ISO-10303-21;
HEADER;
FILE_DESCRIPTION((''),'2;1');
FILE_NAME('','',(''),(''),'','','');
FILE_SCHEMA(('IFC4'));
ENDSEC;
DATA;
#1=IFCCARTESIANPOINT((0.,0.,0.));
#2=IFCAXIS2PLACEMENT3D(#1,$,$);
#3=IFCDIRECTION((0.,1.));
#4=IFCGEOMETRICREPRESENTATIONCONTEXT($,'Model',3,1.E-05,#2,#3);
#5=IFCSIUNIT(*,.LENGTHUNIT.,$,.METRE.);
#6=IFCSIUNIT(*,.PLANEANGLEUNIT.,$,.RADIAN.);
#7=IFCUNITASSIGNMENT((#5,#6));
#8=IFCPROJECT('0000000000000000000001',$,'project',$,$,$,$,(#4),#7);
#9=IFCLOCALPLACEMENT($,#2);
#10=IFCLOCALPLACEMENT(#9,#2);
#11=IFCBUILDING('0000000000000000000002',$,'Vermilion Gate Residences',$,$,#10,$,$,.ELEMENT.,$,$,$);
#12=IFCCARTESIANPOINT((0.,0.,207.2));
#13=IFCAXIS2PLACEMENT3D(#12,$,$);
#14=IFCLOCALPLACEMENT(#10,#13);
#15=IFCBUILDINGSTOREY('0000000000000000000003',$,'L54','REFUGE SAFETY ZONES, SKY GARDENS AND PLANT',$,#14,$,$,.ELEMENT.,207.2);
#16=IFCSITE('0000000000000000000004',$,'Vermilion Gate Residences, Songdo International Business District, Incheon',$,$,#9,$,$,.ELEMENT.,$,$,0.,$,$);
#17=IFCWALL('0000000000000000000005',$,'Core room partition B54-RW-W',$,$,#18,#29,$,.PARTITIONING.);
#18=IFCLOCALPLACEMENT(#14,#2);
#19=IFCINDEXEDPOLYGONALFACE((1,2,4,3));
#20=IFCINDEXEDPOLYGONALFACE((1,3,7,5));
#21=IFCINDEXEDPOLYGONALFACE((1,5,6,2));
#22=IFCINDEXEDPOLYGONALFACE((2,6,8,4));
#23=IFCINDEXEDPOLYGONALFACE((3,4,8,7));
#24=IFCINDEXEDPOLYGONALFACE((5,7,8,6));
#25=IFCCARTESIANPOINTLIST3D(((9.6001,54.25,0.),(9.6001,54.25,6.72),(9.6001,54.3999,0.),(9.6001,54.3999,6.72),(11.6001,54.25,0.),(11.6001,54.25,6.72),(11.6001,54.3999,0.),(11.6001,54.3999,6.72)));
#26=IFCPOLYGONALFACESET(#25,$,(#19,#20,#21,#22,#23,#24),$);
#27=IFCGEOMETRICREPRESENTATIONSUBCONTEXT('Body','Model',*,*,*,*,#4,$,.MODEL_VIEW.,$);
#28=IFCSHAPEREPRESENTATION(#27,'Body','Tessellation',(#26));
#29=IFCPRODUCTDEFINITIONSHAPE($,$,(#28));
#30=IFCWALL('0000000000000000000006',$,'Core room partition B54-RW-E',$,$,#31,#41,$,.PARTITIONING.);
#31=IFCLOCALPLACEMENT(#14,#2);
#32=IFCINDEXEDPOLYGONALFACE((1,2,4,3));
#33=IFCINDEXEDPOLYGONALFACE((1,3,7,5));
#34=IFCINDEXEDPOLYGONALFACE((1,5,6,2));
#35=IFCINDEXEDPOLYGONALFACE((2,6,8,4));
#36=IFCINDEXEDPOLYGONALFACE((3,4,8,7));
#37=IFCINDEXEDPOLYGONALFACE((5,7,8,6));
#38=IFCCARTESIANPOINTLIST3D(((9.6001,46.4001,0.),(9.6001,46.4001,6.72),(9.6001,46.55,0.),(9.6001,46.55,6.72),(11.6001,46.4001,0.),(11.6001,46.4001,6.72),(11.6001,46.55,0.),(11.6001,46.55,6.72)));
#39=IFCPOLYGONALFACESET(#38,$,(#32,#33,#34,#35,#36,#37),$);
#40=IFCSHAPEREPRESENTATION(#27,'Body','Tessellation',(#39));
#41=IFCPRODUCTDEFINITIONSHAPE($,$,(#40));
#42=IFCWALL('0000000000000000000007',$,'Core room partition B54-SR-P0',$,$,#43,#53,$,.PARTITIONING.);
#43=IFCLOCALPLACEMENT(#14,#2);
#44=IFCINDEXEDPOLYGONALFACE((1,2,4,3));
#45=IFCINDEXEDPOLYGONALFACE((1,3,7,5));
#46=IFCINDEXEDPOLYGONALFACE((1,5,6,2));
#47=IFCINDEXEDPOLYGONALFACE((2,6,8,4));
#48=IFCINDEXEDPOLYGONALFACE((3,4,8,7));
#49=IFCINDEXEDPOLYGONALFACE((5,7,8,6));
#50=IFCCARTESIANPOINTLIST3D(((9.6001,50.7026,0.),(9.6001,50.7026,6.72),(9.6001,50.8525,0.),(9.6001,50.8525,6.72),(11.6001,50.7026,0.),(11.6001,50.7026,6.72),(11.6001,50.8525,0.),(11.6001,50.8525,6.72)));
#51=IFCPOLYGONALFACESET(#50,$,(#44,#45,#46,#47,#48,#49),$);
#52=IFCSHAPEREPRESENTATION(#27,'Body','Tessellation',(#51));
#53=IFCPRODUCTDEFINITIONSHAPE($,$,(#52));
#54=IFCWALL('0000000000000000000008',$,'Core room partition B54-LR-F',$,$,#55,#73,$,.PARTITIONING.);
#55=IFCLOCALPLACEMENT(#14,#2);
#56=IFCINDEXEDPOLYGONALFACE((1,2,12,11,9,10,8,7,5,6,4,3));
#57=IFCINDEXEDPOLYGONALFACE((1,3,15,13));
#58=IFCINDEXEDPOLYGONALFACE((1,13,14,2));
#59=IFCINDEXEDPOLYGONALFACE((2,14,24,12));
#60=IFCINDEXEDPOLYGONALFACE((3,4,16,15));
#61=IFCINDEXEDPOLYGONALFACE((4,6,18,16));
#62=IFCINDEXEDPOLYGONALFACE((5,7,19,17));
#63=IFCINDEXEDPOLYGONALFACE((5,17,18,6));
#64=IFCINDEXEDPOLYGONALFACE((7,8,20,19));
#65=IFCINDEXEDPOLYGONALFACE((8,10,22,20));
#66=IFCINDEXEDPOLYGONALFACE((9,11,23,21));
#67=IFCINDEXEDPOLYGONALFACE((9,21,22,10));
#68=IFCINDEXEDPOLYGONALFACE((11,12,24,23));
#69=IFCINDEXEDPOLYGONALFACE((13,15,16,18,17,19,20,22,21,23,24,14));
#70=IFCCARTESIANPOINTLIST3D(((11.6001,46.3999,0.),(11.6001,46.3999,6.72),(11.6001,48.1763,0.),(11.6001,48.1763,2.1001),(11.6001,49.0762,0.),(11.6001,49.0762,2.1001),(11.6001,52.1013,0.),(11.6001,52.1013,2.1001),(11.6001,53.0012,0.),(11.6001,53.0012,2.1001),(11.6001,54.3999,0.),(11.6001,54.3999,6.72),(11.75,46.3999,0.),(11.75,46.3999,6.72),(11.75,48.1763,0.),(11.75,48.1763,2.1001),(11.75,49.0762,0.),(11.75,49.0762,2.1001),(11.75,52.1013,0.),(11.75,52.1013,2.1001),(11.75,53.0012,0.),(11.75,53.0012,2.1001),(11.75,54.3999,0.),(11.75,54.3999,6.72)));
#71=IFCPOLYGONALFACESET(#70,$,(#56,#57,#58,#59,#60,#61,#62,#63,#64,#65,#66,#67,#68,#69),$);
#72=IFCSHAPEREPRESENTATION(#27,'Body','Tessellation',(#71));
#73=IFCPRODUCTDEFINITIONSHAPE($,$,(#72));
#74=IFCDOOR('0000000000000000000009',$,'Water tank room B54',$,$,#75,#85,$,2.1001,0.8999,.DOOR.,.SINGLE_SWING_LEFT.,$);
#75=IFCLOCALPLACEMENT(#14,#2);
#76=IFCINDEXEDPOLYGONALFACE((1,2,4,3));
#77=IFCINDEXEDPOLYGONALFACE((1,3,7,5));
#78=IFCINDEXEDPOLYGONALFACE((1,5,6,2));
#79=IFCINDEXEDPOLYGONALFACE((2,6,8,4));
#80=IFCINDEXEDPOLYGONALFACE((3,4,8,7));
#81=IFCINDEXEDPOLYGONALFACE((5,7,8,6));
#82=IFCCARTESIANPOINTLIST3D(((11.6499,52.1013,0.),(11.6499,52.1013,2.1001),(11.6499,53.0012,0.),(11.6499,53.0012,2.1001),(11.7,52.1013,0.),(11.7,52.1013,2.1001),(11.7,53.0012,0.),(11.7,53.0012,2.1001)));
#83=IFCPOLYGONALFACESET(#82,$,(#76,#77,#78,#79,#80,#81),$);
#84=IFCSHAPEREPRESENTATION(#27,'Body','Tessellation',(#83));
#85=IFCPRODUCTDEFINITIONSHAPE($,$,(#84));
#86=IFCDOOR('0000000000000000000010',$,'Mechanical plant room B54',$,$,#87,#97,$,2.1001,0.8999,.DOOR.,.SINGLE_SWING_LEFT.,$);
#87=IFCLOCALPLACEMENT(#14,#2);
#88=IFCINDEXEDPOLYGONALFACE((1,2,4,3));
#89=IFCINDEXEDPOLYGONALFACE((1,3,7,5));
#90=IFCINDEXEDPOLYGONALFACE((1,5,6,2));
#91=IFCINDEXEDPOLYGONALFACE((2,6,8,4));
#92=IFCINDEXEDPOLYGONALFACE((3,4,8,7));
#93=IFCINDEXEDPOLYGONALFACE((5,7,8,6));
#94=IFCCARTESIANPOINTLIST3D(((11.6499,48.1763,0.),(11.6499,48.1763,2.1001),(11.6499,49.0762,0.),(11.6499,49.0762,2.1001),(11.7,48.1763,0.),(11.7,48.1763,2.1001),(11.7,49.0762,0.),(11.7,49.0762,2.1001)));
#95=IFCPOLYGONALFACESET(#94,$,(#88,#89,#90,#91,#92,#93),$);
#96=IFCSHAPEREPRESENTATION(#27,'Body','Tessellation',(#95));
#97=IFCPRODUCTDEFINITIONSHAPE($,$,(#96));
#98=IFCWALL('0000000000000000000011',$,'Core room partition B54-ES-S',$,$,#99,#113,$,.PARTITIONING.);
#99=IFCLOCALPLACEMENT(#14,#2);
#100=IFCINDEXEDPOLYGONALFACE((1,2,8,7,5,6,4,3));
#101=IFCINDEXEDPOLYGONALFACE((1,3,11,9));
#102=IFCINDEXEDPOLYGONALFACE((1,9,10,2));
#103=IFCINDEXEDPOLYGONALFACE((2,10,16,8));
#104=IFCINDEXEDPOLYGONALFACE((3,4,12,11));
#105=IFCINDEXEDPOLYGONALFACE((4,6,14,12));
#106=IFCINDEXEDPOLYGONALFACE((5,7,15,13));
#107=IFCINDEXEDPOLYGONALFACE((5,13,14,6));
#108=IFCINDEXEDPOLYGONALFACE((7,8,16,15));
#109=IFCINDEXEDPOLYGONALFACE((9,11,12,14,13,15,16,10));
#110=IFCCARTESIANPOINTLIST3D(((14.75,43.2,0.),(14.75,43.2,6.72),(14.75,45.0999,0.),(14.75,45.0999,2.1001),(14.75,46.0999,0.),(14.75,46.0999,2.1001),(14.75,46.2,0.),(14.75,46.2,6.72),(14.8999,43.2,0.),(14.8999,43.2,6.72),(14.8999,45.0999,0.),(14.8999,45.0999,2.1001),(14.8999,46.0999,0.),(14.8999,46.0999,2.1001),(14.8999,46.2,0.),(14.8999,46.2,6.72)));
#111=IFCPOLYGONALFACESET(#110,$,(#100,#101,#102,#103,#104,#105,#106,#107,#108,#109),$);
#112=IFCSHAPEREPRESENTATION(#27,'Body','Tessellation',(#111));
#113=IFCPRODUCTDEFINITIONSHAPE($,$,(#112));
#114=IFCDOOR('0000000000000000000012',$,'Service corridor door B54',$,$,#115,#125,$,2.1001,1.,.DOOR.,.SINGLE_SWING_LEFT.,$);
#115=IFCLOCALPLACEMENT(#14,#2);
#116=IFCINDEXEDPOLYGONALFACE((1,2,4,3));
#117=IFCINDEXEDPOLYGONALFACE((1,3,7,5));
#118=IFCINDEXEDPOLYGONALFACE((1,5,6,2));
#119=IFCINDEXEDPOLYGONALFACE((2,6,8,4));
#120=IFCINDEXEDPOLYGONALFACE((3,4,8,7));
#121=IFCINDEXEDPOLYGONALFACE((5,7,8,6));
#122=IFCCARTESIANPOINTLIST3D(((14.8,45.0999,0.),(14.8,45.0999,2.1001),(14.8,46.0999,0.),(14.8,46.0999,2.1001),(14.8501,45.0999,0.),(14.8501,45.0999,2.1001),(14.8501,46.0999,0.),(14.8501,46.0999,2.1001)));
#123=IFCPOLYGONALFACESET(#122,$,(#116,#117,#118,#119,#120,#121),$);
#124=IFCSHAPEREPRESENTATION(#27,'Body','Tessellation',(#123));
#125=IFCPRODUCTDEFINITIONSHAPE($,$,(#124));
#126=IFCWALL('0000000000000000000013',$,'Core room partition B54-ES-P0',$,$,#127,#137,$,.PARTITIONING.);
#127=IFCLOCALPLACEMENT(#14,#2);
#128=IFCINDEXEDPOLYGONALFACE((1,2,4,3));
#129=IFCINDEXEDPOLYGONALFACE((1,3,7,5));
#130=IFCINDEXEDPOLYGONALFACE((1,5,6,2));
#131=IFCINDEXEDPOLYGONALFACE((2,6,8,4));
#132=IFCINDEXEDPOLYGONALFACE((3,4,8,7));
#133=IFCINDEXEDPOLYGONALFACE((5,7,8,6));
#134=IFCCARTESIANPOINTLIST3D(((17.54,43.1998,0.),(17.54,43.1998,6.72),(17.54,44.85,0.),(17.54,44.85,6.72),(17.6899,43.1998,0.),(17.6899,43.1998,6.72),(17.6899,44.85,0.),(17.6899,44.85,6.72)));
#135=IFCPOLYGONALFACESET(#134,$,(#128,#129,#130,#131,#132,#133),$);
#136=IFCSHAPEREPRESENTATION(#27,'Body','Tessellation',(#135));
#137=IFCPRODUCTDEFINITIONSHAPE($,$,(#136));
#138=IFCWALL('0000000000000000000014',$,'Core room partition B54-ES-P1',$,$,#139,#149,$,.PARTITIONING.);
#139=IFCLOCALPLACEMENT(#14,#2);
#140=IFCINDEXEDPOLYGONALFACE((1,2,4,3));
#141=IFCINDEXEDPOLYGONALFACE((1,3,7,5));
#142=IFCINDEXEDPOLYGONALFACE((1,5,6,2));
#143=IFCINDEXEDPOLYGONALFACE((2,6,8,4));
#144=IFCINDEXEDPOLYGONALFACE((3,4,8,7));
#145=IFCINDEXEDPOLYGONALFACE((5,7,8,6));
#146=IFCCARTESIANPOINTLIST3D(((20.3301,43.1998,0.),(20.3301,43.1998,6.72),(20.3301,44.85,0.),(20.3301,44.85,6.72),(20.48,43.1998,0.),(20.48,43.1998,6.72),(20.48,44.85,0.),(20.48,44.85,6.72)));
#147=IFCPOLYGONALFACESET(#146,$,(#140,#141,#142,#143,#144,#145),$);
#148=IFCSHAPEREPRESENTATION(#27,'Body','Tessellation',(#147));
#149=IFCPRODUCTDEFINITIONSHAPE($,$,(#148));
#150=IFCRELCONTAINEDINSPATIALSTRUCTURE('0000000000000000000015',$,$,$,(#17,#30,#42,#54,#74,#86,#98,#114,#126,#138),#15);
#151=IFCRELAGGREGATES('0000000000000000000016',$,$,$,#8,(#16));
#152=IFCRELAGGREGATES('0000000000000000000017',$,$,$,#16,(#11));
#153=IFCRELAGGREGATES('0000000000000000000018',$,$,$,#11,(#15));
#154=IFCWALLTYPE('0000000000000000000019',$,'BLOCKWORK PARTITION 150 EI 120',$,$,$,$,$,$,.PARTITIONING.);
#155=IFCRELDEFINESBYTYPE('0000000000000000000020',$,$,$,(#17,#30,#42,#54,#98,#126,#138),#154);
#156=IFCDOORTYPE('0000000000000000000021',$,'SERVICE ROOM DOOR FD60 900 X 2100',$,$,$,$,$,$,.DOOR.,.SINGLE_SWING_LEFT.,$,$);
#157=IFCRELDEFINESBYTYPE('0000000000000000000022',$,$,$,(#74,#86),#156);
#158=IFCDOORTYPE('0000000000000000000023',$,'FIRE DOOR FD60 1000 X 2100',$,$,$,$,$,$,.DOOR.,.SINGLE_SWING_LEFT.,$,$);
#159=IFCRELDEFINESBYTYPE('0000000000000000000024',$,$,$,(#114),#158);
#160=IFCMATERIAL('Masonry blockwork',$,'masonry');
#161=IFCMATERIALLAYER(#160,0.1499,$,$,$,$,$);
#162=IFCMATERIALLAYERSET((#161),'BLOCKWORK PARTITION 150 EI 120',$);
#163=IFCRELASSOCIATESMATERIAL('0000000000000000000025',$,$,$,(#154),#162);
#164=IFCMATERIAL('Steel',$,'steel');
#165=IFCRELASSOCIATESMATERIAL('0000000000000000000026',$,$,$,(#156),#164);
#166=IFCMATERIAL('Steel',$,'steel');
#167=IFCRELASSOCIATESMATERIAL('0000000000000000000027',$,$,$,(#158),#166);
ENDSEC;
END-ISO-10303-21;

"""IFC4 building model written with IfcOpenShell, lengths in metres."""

from ifc_helpers import new_model, si_unit, direction, frame, frame_2d, origin, place, context, subcontext, project, spatial, rectangle, extrude, material, layer, layer_set, type_object, element, fill, save


model = new_model("IFC4")

# Units and contexts
model_context = context("Model", 3, precision=1e-05, world=origin(), true_north=direction((0.0, 1.0)))
body_context = subcontext(model_context, "Body", "Model", "MODEL_VIEW")
ifc_project = project(units=[si_unit("LENGTHUNIT", "METRE"), si_unit("PLANEANGLEUNIT", "RADIAN")], contexts=[model_context])

# Site, building, storey
site_placement = place(None, origin())
site = spatial("IfcSite", under=ifc_project, at=site_placement, Name="Vermilion Gate Residences, Songdo International Business District, Incheon", CompositionType="ELEMENT", RefElevation=0.0)
building_placement = place(site_placement, origin())
building = spatial("IfcBuilding", under=site, at=building_placement, Name="Vermilion Gate Residences", CompositionType="ELEMENT")
storey_placement = place(building_placement, frame((0.0, 0.0, 207.2)))
storey = spatial("IfcBuildingStorey", under=building, at=storey_placement, Name="L54", Description="REFUGE SAFETY ZONES, SKY GARDENS AND PLANT", CompositionType="ELEMENT", Elevation=207.2)

# Walls
ifc_material_1 = material(Name="Masonry blockwork", Category="masonry")
ifc_layer_1 = layer(ifc_material_1, 0.1499)
ifc_layer_set_1 = layer_set([ifc_layer_1], Name="BLOCKWORK PARTITION 150 EI 120")
wall_type_1 = type_object("IfcWallType", Name="BLOCKWORK PARTITION 150 EI 120", PredefinedType="PARTITIONING", material=ifc_layer_set_1)
for number, where, z_axis, x_axis, name in (
    (1, (9.6001, 54.325, 0.0), (0.0, 0.0, 1.0), (1.0, 0.0, 0.0), "Core room partition B54-RW-W"),
    (2, (9.6001, 46.4751, 0.0), (0.0, 0.0, 1.0), (1.0, 0.0, 0.0), "Core room partition B54-RW-E"),
    (3, (9.6001, 50.7776, 0.0), (0.0, 0.0, 1.0), (1.0, 0.0, 0.0), "Core room partition B54-SR-P0"),
):
    element("IfcWall", number, at=place(storey_placement, frame(where, z_axis=z_axis, x_axis=x_axis)), inside=storey, type_object=wall_type_1, Name=name, PredefinedType="PARTITIONING", context=body_context, shape_type="SweptSolid", body=[
        extrude(rectangle(XDim=2.0, YDim=0.1499, at=frame_2d((1.0, 0.0))), origin(), (0.0, 0.0, 1.0), 6.72),
    ])

# Wall, openings, doors
wall_1_placement = place(storey_placement, frame((11.675, 54.3999, 0.0), z_axis=(0.0, 0.0, 1.0), x_axis=(0.0, -1.0, 0.0)))
wall_1 = element("IfcWall", 4, at=wall_1_placement, inside=storey, type_object=wall_type_1, Name="Core room partition B54-LR-F", PredefinedType="PARTITIONING", context=body_context, shape_type="SweptSolid", body=[
    extrude(rectangle(XDim=8.0, YDim=0.1499, at=frame_2d((4.0, 0.0))), origin(), (0.0, 0.0, 1.0), 6.72),
])
opening_1_placement = place(wall_1_placement, frame((1.3987, 0.0, 0.0)))
opening_1 = element("IfcOpeningElement", 5, at=opening_1_placement, cuts=wall_1, PredefinedType="OPENING", context=body_context, shape_type="SweptSolid", body=[
    extrude(rectangle(XDim=0.8999, YDim=2.1001, at=frame_2d((0.45, 1.05))), frame((0.0, 0.085, 0.0), z_axis=(0.0, -1.0, 0.0), x_axis=(1.0, 0.0, 0.0)), (0.0, 0.0, 1.0), 0.1699),
])
opening_2_placement = place(wall_1_placement, frame((5.3237, 0.0, 0.0)))
opening_2 = element("IfcOpeningElement", 6, at=opening_2_placement, cuts=wall_1, PredefinedType="OPENING", context=body_context, shape_type="SweptSolid", body=[
    extrude(rectangle(XDim=0.8999, YDim=2.1001, at=frame_2d((0.45, 1.05))), frame((0.0, 0.085, 0.0), z_axis=(0.0, -1.0, 0.0), x_axis=(1.0, 0.0, 0.0)), (0.0, 0.0, 1.0), 0.1699),
])
ifc_material_2 = material(Name="Steel", Category="steel")
door_type_1 = type_object("IfcDoorType", Name="SERVICE ROOM DOOR FD60 900 X 2100", OperationType="SINGLE_SWING_LEFT", PredefinedType="DOOR", material=ifc_material_2)
door_1_placement = place(opening_1_placement, origin())
door_1 = element("IfcDoor", 7, at=door_1_placement, inside=storey, type_object=door_type_1, Name="Water tank room B54", OperationType="SINGLE_SWING_LEFT", OverallHeight=2.1001, OverallWidth=0.8999, PredefinedType="DOOR", context=body_context, shape_type="SweptSolid", body=[
    extrude(rectangle(XDim=0.8999, YDim=2.1001, at=frame_2d((0.45, 1.05))), frame((0.0, 0.0249, 0.0), z_axis=(0.0, -1.0, 0.0), x_axis=(1.0, 0.0, 0.0)), (0.0, 0.0, 1.0), 0.05),
])
fill(opening_1, door_1)
door_2_placement = place(opening_2_placement, origin())
door_2 = element("IfcDoor", 8, at=door_2_placement, inside=storey, type_object=door_type_1, Name="Mechanical plant room B54", OperationType="SINGLE_SWING_LEFT", OverallHeight=2.1001, OverallWidth=0.8999, PredefinedType="DOOR", context=body_context, shape_type="SweptSolid", body=[
    extrude(rectangle(XDim=0.8999, YDim=2.1001, at=frame_2d((0.45, 1.05))), frame((0.0, 0.0249, 0.0), z_axis=(0.0, -1.0, 0.0), x_axis=(1.0, 0.0, 0.0)), (0.0, 0.0, 1.0), 0.05),
])
fill(opening_2, door_2)

# Wall, opening, door
wall_2_placement = place(storey_placement, frame((14.825, 46.2, 0.0), z_axis=(0.0, 0.0, 1.0), x_axis=(0.0, -1.0, 0.0)))
wall_2 = element("IfcWall", 9, at=wall_2_placement, inside=storey, type_object=wall_type_1, Name="Core room partition B54-ES-S", PredefinedType="PARTITIONING", context=body_context, shape_type="SweptSolid", body=[
    extrude(rectangle(XDim=3.0, YDim=0.1499, at=frame_2d((1.5, 0.0))), origin(), (0.0, 0.0, 1.0), 6.72),
])
opening_3_placement = place(wall_2_placement, frame((0.1001, 0.0, 0.0)))
opening_3 = element("IfcOpeningElement", 10, at=opening_3_placement, cuts=wall_2, PredefinedType="OPENING", context=body_context, shape_type="SweptSolid", body=[
    extrude(rectangle(XDim=1.0, YDim=2.1001, at=frame_2d((0.5, 1.05))), frame((0.0, 0.085, 0.0), z_axis=(0.0, -1.0, 0.0), x_axis=(1.0, 0.0, 0.0)), (0.0, 0.0, 1.0), 0.1699),
])
ifc_material_3 = material(Name="Steel", Category="steel")
door_type_2 = type_object("IfcDoorType", Name="FIRE DOOR FD60 1000 X 2100", OperationType="SINGLE_SWING_LEFT", PredefinedType="DOOR", material=ifc_material_3)
door_3_placement = place(opening_3_placement, frame((1.0, 0.0, 0.0), z_axis=(0.0, 0.0, 1.0), x_axis=(-1.0, 0.0, 0.0)))
door_3 = element("IfcDoor", 11, at=door_3_placement, inside=storey, type_object=door_type_2, Name="Service corridor door B54", OperationType="SINGLE_SWING_LEFT", OverallHeight=2.1001, OverallWidth=1.0, PredefinedType="DOOR", context=body_context, shape_type="SweptSolid", body=[
    extrude(rectangle(XDim=1.0, YDim=2.1001, at=frame_2d((0.5, 1.05))), frame((0.0, 0.0249, 0.0), z_axis=(0.0, -1.0, 0.0), x_axis=(1.0, 0.0, 0.0)), (0.0, 0.0, 1.0), 0.05),
])
fill(opening_3, door_3)

# Walls
for number, where, z_axis, x_axis, name in (
    (12, (17.615, 44.8501, 0.0), (0.0, 0.0, 1.0), (0.0, -1.0, 0.0), "Core room partition B54-ES-P0"),
    (13, (20.405, 44.8501, 0.0), (0.0, 0.0, 1.0), (0.0, -1.0, 0.0), "Core room partition B54-ES-P1"),
):
    element("IfcWall", number, at=place(storey_placement, frame(where, z_axis=z_axis, x_axis=x_axis)), inside=storey, type_object=wall_type_1, Name=name, PredefinedType="PARTITIONING", context=body_context, shape_type="SweptSolid", body=[
        extrude(rectangle(XDim=1.6501, YDim=0.1499, at=frame_2d((0.8252, 0.0))), origin(), (0.0, 0.0, 1.0), 6.72),
    ])

save(model, "model.ifc")
